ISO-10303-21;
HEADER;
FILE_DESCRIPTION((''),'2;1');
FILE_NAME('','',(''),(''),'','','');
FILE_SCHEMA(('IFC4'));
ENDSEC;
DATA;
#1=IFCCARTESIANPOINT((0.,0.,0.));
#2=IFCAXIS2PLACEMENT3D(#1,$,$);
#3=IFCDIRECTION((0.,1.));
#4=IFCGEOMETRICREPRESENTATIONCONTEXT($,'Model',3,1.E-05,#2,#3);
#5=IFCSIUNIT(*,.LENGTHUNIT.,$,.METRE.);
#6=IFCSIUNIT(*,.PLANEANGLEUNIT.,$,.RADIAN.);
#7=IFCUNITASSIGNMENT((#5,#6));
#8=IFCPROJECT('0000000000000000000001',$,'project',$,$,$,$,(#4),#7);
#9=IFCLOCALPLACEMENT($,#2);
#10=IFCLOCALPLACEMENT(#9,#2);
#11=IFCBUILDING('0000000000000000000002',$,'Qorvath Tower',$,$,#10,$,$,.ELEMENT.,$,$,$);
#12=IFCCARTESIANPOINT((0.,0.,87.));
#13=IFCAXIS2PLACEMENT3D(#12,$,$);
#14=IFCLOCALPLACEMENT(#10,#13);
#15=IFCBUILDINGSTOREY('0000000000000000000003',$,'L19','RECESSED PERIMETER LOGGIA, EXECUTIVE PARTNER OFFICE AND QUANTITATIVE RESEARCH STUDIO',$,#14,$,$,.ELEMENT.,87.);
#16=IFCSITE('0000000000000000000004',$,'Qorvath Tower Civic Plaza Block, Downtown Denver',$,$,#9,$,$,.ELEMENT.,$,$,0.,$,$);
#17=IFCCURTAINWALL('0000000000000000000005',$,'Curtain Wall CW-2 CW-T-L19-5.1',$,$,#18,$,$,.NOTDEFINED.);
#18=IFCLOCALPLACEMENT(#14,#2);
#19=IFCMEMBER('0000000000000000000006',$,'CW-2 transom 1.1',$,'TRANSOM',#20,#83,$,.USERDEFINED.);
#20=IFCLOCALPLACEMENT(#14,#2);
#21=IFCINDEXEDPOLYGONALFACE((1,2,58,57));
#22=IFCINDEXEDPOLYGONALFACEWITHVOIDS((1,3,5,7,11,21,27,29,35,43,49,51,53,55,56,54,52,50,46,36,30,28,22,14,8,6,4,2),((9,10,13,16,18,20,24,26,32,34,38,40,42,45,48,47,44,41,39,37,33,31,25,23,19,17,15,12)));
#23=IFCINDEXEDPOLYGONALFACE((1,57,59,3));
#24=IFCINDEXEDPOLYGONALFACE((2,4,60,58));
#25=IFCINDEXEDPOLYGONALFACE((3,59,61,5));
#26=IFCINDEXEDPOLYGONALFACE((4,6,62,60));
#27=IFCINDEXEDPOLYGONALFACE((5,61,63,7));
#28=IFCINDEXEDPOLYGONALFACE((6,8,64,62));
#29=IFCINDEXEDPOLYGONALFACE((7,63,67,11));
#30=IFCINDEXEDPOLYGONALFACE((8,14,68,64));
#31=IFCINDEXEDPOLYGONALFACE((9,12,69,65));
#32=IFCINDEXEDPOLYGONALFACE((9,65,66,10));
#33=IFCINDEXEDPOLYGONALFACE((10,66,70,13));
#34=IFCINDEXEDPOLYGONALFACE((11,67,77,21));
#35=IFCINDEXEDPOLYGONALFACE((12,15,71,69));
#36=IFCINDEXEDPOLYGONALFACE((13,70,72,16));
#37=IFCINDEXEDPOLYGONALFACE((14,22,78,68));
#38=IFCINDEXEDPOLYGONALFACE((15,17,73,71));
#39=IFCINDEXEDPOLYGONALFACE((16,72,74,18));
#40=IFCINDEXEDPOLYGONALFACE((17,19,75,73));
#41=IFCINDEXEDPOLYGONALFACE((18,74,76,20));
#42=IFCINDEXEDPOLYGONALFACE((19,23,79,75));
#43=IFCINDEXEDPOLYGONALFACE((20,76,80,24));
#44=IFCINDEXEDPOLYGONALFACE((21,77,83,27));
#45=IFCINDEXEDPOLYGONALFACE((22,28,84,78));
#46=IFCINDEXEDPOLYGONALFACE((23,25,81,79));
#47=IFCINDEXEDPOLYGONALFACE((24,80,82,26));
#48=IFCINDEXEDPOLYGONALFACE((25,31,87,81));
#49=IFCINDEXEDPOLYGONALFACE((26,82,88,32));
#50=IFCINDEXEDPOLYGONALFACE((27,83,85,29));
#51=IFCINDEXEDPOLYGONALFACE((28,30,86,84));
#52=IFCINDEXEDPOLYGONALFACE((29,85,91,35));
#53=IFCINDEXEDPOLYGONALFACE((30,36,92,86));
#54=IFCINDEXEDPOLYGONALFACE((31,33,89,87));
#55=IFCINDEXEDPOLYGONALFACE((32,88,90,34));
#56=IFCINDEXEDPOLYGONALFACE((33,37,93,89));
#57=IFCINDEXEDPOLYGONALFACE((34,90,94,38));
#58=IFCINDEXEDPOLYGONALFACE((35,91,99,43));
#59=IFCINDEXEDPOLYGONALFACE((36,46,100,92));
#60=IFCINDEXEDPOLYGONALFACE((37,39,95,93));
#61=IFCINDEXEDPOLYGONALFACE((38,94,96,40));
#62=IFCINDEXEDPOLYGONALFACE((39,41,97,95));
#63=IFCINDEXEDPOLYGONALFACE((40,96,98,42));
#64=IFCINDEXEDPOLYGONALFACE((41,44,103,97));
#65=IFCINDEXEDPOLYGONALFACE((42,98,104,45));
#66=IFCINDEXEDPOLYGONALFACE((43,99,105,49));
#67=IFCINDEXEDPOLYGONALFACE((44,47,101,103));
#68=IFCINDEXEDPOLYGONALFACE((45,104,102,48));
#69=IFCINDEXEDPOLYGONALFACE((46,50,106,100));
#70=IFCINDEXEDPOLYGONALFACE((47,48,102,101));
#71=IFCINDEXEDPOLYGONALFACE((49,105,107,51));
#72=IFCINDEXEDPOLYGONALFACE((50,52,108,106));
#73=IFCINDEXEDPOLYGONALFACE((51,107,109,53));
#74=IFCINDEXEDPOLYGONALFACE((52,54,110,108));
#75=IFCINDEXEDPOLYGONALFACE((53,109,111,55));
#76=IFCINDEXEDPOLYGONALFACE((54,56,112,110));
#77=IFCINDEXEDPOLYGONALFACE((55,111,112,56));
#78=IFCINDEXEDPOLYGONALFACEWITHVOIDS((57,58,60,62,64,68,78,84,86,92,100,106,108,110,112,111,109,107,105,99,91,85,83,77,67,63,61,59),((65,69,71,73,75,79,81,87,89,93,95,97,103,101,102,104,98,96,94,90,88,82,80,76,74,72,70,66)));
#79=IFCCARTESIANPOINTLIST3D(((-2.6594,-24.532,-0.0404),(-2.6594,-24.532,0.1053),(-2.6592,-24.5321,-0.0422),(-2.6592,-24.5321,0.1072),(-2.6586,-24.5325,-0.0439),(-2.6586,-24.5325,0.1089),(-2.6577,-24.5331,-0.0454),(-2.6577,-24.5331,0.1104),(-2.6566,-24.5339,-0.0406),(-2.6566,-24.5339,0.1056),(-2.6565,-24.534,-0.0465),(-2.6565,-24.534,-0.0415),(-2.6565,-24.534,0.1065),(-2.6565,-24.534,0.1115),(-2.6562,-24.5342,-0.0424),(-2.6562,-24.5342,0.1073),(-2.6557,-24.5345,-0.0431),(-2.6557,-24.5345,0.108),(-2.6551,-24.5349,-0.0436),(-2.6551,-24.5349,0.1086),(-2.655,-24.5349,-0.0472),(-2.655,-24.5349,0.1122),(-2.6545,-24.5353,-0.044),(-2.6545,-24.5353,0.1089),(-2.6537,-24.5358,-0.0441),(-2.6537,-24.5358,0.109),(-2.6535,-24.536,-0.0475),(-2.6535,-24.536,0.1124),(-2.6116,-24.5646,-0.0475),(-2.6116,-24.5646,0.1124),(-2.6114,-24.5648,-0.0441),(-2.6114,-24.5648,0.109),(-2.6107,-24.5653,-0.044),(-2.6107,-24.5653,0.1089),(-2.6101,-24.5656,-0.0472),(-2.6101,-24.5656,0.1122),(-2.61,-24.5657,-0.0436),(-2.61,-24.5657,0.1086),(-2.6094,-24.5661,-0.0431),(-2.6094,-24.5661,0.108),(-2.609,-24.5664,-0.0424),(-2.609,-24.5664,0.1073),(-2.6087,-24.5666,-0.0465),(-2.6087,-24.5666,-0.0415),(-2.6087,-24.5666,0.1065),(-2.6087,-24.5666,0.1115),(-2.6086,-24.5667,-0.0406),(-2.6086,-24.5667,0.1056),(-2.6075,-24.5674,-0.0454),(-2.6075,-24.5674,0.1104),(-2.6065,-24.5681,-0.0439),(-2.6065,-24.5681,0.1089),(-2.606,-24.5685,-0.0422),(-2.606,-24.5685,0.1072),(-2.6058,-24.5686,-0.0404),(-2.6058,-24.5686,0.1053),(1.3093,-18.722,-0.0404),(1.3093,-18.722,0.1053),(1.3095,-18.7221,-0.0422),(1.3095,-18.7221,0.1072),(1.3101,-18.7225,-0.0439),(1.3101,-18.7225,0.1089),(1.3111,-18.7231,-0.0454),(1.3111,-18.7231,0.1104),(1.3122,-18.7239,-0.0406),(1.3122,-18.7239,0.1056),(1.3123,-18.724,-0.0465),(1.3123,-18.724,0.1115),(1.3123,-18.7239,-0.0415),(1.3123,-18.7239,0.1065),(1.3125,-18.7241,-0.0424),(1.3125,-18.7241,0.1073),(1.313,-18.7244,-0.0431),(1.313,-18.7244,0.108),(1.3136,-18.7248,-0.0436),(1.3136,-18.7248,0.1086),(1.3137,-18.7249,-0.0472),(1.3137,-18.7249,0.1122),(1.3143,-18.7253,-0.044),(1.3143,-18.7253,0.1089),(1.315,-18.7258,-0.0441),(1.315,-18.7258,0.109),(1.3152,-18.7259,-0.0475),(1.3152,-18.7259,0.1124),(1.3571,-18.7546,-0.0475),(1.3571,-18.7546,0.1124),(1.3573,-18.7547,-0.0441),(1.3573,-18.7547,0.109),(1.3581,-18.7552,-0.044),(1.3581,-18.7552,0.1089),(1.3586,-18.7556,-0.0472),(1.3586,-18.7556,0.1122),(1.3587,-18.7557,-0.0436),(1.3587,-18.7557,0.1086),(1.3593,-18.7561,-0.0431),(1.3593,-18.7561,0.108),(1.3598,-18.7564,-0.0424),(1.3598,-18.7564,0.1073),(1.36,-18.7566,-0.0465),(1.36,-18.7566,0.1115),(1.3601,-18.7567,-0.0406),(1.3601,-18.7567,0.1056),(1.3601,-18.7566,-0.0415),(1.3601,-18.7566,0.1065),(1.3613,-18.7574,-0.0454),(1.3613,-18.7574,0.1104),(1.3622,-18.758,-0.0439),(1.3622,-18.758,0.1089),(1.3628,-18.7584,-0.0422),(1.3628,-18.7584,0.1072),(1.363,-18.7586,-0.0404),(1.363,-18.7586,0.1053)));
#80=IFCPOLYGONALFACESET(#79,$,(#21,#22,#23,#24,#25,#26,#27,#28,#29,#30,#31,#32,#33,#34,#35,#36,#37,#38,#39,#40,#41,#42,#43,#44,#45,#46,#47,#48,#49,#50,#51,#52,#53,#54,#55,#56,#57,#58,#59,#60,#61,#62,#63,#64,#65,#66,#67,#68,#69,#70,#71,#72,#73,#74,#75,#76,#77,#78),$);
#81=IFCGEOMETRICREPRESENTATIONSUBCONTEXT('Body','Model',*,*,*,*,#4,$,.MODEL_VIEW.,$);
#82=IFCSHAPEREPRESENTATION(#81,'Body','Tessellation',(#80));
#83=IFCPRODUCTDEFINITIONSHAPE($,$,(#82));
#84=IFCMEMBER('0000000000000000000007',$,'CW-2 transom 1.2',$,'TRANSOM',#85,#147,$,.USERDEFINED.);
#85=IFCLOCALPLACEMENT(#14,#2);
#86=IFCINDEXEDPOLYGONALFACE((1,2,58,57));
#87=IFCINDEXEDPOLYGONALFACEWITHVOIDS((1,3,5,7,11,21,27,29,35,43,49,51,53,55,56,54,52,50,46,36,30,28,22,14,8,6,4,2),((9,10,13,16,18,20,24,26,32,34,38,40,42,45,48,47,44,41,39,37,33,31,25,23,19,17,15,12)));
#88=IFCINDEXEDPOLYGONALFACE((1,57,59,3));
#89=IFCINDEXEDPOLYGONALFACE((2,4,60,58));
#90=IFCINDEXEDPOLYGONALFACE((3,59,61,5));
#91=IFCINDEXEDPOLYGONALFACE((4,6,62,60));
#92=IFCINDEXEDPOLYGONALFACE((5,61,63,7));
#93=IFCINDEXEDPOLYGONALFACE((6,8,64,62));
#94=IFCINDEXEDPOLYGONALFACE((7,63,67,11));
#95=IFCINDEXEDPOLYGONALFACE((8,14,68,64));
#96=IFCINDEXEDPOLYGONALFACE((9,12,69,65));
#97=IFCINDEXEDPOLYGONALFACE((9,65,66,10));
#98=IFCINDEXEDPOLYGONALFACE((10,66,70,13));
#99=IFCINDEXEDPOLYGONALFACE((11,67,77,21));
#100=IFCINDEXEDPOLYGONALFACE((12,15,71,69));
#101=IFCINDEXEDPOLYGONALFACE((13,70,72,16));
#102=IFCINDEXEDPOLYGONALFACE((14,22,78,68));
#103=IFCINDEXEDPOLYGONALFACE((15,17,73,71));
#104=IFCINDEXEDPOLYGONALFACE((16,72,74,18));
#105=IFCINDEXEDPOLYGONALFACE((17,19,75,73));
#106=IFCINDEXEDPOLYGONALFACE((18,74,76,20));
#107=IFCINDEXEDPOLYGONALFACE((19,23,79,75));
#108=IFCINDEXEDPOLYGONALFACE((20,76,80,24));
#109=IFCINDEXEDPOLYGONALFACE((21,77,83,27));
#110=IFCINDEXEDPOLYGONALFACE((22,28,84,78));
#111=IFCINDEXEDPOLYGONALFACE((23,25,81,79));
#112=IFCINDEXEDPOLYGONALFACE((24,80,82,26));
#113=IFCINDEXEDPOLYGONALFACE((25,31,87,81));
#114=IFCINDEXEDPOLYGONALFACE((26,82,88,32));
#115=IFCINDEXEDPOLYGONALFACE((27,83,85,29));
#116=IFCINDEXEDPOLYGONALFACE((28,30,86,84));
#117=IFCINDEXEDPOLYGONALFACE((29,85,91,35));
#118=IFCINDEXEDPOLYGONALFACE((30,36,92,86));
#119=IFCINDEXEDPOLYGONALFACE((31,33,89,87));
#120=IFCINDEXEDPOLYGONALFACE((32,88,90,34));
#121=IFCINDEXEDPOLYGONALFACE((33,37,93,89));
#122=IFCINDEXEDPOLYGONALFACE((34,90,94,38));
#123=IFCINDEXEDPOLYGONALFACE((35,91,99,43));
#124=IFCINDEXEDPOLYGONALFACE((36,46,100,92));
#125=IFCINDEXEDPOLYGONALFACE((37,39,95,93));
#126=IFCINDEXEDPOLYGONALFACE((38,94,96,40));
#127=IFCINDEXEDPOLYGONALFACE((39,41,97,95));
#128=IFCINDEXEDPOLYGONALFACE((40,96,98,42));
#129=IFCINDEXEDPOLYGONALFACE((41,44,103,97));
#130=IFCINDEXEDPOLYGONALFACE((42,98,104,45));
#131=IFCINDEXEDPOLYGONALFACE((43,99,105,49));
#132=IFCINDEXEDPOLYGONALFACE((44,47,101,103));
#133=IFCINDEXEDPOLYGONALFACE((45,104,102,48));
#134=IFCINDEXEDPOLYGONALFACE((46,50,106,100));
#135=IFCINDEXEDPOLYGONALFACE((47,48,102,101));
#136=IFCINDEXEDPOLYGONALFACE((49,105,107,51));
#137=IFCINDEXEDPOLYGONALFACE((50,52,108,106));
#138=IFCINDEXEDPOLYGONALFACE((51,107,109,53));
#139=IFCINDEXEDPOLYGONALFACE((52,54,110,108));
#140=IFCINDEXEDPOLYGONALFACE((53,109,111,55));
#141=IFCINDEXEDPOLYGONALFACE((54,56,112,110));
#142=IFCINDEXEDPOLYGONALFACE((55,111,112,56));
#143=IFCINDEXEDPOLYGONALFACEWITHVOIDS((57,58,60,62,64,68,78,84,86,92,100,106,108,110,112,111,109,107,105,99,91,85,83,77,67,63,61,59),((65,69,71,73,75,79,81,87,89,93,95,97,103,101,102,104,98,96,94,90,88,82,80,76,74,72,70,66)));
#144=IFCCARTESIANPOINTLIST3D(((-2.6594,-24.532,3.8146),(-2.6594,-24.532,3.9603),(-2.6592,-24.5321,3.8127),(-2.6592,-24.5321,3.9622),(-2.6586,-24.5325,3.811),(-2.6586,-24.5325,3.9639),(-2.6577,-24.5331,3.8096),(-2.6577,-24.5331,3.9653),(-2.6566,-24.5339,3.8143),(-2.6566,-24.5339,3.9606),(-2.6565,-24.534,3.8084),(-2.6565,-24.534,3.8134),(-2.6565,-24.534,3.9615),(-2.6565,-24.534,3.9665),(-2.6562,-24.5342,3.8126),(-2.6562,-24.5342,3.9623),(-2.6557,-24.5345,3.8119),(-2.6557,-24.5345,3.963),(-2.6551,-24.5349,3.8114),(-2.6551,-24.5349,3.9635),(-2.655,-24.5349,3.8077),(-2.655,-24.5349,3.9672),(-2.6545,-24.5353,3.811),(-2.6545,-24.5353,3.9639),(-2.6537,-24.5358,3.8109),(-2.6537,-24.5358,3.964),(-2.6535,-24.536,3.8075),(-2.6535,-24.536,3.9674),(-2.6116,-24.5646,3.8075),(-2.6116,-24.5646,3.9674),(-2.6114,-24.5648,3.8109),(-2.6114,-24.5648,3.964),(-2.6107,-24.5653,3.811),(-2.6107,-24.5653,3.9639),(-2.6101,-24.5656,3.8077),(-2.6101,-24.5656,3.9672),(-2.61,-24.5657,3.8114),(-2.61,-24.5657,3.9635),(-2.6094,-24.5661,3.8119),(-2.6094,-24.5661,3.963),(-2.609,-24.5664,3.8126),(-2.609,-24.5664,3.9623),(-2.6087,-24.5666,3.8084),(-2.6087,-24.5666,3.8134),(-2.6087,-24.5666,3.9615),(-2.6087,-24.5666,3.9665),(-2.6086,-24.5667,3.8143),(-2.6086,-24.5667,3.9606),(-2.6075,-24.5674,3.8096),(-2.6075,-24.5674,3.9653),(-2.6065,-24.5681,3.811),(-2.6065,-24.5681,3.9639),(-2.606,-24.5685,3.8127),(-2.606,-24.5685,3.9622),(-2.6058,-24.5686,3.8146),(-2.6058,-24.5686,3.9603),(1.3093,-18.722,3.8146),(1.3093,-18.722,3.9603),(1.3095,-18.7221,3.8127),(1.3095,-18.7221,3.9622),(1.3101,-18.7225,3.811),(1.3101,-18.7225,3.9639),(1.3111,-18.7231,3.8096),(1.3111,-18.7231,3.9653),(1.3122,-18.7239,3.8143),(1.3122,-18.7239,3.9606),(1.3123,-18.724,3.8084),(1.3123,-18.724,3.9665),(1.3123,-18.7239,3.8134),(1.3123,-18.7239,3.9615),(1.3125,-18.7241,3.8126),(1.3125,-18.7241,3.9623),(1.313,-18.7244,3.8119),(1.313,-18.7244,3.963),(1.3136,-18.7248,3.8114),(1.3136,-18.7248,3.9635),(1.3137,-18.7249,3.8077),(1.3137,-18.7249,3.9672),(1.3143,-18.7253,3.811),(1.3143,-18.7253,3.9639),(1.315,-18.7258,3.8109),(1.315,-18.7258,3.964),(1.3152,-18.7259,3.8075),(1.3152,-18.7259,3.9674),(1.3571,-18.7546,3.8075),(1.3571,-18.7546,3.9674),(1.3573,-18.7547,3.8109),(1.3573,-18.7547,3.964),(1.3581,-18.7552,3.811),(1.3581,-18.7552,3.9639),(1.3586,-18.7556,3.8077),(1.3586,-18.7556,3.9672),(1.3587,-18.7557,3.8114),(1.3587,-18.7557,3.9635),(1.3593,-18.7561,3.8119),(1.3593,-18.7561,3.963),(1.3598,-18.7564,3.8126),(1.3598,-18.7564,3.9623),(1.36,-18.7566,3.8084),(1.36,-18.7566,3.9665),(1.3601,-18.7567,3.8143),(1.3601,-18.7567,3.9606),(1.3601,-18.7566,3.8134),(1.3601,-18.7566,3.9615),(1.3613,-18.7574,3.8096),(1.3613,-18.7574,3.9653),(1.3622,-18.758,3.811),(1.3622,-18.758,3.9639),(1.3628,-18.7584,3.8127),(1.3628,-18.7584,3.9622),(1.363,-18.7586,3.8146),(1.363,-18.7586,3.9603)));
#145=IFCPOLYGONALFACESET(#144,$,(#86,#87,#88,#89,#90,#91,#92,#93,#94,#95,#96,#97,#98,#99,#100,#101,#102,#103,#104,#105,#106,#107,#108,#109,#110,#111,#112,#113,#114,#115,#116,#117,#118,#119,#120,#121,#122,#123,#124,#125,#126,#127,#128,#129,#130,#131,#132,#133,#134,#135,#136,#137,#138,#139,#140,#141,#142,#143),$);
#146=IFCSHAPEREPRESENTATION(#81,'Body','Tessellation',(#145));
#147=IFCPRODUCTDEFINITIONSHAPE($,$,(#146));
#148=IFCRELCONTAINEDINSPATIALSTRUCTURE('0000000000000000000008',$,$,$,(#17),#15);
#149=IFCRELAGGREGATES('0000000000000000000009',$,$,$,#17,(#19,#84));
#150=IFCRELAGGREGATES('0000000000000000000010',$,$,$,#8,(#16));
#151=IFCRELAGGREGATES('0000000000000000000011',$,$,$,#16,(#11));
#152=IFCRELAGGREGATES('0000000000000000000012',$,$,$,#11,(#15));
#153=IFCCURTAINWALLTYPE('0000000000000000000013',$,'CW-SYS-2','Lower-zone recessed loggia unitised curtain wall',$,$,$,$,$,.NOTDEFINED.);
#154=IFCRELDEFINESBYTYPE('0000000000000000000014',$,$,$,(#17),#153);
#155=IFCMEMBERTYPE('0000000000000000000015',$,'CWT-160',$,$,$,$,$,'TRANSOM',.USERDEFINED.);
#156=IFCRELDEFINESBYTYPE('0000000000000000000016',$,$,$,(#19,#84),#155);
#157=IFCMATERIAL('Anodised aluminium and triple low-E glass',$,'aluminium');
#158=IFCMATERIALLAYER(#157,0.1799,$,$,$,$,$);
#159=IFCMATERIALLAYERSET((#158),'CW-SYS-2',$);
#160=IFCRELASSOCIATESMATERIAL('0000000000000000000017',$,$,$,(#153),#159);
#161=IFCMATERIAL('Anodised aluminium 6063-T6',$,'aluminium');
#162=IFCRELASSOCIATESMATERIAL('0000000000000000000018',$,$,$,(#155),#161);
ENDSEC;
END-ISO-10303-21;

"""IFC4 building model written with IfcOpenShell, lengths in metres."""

from ifc_helpers import new_model, si_unit, direction, frame, origin, origin_2d, place, context, subcontext, project, spatial, hollow_rectangle, extrude, material, layer, layer_set, material_profile, profile_set, type_object, element, aggregate, save


model = new_model("IFC4")

# Units and contexts
model_context = context("Model", 3, precision=1e-05, world=origin(), true_north=direction((0.0, 1.0)))
body_context = subcontext(model_context, "Body", "Model", "MODEL_VIEW")
ifc_project = project(units=[si_unit("LENGTHUNIT", "METRE"), si_unit("PLANEANGLEUNIT", "RADIAN")], contexts=[model_context])

# Site, building, storey
site_placement = place(None, origin())
site = spatial("IfcSite", under=ifc_project, at=site_placement, Name="Qorvath Tower Civic Plaza Block, Downtown Denver", CompositionType="ELEMENT", RefElevation=0.0)
building_placement = place(site_placement, origin())
building = spatial("IfcBuilding", under=site, at=building_placement, Name="Qorvath Tower", CompositionType="ELEMENT")
storey_placement = place(building_placement, frame((0.0, 0.0, 87.0)))
storey = spatial("IfcBuildingStorey", under=building, at=storey_placement, Name="L19", Description="RECESSED PERIMETER LOGGIA, EXECUTIVE PARTNER OFFICE AND QUANTITATIVE RESEARCH STUDIO", CompositionType="ELEMENT", Elevation=87.0)

# Shared definitions
ifc_material_1 = material(Name="Anodised aluminium and triple low-E glass", Category="aluminium")
ifc_layer_1 = layer(ifc_material_1, 0.1799)
ifc_layer_set_1 = layer_set([ifc_layer_1], Name="CW-SYS-2")
curtain_wall_type = type_object("IfcCurtainWallType", Name="CW-SYS-2", Description="Lower-zone recessed loggia unitised curtain wall", PredefinedType="NOTDEFINED", material=ifc_layer_set_1)

# Curtain wall
curtain_wall_1_placement = place(storey_placement, origin())
curtain_wall_1 = element("IfcCurtainWall", 1, at=curtain_wall_1_placement, inside=storey, type_object=curtain_wall_type, Name="Curtain Wall CW-2 CW-T-L19-5.1", PredefinedType="NOTDEFINED")

# Members
ifc_material_2 = material(Name="Anodised aluminium 6063-T6", Category="aluminium")
ifc_material_profile_1 = material_profile(ifc_material_2, hollow_rectangle(XDim=0.0649, YDim=0.1599, WallThickness=0.0034, InnerFilletRadius=0.0034, OuterFilletRadius=0.0071, at=origin_2d()), Name="CWT 160x65")
ifc_profile_set_1 = profile_set([ifc_material_profile_1], Name="Anodised aluminium 6063-T6")
member_type_1 = type_object("IfcMemberType", Name="CWT-160", ElementType="TRANSOM", PredefinedType="USERDEFINED", material=ifc_profile_set_1)
member_1_placement = place(storey_placement, frame((-2.6326, -24.5503, 0.0325), z_axis=(0.564049, 0.825741, 0.0), x_axis=(-0.825741, 0.564049, 0.0)))
member_1 = element("IfcMember", 2, at=member_1_placement, type_object=member_type_1, Name="CW-2 transom 1.1", ObjectType="TRANSOM", PredefinedType="USERDEFINED", context=body_context, shape_type="SweptSolid", body=[
    extrude(hollow_rectangle(XDim=0.0649, YDim=0.1599, WallThickness=0.0034, InnerFilletRadius=0.0034, OuterFilletRadius=0.0071, at=origin_2d()), origin(), (0.0, 0.0, 1.0), 7.0361),
])
member_2_placement = place(storey_placement, frame((-2.6326, -24.5503, 3.8875), z_axis=(0.564049, 0.825741, 0.0), x_axis=(-0.825741, 0.564049, 0.0)))
member_2 = element("IfcMember", 3, at=member_2_placement, type_object=member_type_1, Name="CW-2 transom 1.2", ObjectType="TRANSOM", PredefinedType="USERDEFINED", context=body_context, shape_type="SweptSolid", body=[
    extrude(hollow_rectangle(XDim=0.0649, YDim=0.1599, WallThickness=0.0034, InnerFilletRadius=0.0034, OuterFilletRadius=0.0071, at=origin_2d()), origin(), (0.0, 0.0, 1.0), 7.0361),
])

aggregate(curtain_wall_1, [member_1, member_2])

save(model, "model.ifc")
